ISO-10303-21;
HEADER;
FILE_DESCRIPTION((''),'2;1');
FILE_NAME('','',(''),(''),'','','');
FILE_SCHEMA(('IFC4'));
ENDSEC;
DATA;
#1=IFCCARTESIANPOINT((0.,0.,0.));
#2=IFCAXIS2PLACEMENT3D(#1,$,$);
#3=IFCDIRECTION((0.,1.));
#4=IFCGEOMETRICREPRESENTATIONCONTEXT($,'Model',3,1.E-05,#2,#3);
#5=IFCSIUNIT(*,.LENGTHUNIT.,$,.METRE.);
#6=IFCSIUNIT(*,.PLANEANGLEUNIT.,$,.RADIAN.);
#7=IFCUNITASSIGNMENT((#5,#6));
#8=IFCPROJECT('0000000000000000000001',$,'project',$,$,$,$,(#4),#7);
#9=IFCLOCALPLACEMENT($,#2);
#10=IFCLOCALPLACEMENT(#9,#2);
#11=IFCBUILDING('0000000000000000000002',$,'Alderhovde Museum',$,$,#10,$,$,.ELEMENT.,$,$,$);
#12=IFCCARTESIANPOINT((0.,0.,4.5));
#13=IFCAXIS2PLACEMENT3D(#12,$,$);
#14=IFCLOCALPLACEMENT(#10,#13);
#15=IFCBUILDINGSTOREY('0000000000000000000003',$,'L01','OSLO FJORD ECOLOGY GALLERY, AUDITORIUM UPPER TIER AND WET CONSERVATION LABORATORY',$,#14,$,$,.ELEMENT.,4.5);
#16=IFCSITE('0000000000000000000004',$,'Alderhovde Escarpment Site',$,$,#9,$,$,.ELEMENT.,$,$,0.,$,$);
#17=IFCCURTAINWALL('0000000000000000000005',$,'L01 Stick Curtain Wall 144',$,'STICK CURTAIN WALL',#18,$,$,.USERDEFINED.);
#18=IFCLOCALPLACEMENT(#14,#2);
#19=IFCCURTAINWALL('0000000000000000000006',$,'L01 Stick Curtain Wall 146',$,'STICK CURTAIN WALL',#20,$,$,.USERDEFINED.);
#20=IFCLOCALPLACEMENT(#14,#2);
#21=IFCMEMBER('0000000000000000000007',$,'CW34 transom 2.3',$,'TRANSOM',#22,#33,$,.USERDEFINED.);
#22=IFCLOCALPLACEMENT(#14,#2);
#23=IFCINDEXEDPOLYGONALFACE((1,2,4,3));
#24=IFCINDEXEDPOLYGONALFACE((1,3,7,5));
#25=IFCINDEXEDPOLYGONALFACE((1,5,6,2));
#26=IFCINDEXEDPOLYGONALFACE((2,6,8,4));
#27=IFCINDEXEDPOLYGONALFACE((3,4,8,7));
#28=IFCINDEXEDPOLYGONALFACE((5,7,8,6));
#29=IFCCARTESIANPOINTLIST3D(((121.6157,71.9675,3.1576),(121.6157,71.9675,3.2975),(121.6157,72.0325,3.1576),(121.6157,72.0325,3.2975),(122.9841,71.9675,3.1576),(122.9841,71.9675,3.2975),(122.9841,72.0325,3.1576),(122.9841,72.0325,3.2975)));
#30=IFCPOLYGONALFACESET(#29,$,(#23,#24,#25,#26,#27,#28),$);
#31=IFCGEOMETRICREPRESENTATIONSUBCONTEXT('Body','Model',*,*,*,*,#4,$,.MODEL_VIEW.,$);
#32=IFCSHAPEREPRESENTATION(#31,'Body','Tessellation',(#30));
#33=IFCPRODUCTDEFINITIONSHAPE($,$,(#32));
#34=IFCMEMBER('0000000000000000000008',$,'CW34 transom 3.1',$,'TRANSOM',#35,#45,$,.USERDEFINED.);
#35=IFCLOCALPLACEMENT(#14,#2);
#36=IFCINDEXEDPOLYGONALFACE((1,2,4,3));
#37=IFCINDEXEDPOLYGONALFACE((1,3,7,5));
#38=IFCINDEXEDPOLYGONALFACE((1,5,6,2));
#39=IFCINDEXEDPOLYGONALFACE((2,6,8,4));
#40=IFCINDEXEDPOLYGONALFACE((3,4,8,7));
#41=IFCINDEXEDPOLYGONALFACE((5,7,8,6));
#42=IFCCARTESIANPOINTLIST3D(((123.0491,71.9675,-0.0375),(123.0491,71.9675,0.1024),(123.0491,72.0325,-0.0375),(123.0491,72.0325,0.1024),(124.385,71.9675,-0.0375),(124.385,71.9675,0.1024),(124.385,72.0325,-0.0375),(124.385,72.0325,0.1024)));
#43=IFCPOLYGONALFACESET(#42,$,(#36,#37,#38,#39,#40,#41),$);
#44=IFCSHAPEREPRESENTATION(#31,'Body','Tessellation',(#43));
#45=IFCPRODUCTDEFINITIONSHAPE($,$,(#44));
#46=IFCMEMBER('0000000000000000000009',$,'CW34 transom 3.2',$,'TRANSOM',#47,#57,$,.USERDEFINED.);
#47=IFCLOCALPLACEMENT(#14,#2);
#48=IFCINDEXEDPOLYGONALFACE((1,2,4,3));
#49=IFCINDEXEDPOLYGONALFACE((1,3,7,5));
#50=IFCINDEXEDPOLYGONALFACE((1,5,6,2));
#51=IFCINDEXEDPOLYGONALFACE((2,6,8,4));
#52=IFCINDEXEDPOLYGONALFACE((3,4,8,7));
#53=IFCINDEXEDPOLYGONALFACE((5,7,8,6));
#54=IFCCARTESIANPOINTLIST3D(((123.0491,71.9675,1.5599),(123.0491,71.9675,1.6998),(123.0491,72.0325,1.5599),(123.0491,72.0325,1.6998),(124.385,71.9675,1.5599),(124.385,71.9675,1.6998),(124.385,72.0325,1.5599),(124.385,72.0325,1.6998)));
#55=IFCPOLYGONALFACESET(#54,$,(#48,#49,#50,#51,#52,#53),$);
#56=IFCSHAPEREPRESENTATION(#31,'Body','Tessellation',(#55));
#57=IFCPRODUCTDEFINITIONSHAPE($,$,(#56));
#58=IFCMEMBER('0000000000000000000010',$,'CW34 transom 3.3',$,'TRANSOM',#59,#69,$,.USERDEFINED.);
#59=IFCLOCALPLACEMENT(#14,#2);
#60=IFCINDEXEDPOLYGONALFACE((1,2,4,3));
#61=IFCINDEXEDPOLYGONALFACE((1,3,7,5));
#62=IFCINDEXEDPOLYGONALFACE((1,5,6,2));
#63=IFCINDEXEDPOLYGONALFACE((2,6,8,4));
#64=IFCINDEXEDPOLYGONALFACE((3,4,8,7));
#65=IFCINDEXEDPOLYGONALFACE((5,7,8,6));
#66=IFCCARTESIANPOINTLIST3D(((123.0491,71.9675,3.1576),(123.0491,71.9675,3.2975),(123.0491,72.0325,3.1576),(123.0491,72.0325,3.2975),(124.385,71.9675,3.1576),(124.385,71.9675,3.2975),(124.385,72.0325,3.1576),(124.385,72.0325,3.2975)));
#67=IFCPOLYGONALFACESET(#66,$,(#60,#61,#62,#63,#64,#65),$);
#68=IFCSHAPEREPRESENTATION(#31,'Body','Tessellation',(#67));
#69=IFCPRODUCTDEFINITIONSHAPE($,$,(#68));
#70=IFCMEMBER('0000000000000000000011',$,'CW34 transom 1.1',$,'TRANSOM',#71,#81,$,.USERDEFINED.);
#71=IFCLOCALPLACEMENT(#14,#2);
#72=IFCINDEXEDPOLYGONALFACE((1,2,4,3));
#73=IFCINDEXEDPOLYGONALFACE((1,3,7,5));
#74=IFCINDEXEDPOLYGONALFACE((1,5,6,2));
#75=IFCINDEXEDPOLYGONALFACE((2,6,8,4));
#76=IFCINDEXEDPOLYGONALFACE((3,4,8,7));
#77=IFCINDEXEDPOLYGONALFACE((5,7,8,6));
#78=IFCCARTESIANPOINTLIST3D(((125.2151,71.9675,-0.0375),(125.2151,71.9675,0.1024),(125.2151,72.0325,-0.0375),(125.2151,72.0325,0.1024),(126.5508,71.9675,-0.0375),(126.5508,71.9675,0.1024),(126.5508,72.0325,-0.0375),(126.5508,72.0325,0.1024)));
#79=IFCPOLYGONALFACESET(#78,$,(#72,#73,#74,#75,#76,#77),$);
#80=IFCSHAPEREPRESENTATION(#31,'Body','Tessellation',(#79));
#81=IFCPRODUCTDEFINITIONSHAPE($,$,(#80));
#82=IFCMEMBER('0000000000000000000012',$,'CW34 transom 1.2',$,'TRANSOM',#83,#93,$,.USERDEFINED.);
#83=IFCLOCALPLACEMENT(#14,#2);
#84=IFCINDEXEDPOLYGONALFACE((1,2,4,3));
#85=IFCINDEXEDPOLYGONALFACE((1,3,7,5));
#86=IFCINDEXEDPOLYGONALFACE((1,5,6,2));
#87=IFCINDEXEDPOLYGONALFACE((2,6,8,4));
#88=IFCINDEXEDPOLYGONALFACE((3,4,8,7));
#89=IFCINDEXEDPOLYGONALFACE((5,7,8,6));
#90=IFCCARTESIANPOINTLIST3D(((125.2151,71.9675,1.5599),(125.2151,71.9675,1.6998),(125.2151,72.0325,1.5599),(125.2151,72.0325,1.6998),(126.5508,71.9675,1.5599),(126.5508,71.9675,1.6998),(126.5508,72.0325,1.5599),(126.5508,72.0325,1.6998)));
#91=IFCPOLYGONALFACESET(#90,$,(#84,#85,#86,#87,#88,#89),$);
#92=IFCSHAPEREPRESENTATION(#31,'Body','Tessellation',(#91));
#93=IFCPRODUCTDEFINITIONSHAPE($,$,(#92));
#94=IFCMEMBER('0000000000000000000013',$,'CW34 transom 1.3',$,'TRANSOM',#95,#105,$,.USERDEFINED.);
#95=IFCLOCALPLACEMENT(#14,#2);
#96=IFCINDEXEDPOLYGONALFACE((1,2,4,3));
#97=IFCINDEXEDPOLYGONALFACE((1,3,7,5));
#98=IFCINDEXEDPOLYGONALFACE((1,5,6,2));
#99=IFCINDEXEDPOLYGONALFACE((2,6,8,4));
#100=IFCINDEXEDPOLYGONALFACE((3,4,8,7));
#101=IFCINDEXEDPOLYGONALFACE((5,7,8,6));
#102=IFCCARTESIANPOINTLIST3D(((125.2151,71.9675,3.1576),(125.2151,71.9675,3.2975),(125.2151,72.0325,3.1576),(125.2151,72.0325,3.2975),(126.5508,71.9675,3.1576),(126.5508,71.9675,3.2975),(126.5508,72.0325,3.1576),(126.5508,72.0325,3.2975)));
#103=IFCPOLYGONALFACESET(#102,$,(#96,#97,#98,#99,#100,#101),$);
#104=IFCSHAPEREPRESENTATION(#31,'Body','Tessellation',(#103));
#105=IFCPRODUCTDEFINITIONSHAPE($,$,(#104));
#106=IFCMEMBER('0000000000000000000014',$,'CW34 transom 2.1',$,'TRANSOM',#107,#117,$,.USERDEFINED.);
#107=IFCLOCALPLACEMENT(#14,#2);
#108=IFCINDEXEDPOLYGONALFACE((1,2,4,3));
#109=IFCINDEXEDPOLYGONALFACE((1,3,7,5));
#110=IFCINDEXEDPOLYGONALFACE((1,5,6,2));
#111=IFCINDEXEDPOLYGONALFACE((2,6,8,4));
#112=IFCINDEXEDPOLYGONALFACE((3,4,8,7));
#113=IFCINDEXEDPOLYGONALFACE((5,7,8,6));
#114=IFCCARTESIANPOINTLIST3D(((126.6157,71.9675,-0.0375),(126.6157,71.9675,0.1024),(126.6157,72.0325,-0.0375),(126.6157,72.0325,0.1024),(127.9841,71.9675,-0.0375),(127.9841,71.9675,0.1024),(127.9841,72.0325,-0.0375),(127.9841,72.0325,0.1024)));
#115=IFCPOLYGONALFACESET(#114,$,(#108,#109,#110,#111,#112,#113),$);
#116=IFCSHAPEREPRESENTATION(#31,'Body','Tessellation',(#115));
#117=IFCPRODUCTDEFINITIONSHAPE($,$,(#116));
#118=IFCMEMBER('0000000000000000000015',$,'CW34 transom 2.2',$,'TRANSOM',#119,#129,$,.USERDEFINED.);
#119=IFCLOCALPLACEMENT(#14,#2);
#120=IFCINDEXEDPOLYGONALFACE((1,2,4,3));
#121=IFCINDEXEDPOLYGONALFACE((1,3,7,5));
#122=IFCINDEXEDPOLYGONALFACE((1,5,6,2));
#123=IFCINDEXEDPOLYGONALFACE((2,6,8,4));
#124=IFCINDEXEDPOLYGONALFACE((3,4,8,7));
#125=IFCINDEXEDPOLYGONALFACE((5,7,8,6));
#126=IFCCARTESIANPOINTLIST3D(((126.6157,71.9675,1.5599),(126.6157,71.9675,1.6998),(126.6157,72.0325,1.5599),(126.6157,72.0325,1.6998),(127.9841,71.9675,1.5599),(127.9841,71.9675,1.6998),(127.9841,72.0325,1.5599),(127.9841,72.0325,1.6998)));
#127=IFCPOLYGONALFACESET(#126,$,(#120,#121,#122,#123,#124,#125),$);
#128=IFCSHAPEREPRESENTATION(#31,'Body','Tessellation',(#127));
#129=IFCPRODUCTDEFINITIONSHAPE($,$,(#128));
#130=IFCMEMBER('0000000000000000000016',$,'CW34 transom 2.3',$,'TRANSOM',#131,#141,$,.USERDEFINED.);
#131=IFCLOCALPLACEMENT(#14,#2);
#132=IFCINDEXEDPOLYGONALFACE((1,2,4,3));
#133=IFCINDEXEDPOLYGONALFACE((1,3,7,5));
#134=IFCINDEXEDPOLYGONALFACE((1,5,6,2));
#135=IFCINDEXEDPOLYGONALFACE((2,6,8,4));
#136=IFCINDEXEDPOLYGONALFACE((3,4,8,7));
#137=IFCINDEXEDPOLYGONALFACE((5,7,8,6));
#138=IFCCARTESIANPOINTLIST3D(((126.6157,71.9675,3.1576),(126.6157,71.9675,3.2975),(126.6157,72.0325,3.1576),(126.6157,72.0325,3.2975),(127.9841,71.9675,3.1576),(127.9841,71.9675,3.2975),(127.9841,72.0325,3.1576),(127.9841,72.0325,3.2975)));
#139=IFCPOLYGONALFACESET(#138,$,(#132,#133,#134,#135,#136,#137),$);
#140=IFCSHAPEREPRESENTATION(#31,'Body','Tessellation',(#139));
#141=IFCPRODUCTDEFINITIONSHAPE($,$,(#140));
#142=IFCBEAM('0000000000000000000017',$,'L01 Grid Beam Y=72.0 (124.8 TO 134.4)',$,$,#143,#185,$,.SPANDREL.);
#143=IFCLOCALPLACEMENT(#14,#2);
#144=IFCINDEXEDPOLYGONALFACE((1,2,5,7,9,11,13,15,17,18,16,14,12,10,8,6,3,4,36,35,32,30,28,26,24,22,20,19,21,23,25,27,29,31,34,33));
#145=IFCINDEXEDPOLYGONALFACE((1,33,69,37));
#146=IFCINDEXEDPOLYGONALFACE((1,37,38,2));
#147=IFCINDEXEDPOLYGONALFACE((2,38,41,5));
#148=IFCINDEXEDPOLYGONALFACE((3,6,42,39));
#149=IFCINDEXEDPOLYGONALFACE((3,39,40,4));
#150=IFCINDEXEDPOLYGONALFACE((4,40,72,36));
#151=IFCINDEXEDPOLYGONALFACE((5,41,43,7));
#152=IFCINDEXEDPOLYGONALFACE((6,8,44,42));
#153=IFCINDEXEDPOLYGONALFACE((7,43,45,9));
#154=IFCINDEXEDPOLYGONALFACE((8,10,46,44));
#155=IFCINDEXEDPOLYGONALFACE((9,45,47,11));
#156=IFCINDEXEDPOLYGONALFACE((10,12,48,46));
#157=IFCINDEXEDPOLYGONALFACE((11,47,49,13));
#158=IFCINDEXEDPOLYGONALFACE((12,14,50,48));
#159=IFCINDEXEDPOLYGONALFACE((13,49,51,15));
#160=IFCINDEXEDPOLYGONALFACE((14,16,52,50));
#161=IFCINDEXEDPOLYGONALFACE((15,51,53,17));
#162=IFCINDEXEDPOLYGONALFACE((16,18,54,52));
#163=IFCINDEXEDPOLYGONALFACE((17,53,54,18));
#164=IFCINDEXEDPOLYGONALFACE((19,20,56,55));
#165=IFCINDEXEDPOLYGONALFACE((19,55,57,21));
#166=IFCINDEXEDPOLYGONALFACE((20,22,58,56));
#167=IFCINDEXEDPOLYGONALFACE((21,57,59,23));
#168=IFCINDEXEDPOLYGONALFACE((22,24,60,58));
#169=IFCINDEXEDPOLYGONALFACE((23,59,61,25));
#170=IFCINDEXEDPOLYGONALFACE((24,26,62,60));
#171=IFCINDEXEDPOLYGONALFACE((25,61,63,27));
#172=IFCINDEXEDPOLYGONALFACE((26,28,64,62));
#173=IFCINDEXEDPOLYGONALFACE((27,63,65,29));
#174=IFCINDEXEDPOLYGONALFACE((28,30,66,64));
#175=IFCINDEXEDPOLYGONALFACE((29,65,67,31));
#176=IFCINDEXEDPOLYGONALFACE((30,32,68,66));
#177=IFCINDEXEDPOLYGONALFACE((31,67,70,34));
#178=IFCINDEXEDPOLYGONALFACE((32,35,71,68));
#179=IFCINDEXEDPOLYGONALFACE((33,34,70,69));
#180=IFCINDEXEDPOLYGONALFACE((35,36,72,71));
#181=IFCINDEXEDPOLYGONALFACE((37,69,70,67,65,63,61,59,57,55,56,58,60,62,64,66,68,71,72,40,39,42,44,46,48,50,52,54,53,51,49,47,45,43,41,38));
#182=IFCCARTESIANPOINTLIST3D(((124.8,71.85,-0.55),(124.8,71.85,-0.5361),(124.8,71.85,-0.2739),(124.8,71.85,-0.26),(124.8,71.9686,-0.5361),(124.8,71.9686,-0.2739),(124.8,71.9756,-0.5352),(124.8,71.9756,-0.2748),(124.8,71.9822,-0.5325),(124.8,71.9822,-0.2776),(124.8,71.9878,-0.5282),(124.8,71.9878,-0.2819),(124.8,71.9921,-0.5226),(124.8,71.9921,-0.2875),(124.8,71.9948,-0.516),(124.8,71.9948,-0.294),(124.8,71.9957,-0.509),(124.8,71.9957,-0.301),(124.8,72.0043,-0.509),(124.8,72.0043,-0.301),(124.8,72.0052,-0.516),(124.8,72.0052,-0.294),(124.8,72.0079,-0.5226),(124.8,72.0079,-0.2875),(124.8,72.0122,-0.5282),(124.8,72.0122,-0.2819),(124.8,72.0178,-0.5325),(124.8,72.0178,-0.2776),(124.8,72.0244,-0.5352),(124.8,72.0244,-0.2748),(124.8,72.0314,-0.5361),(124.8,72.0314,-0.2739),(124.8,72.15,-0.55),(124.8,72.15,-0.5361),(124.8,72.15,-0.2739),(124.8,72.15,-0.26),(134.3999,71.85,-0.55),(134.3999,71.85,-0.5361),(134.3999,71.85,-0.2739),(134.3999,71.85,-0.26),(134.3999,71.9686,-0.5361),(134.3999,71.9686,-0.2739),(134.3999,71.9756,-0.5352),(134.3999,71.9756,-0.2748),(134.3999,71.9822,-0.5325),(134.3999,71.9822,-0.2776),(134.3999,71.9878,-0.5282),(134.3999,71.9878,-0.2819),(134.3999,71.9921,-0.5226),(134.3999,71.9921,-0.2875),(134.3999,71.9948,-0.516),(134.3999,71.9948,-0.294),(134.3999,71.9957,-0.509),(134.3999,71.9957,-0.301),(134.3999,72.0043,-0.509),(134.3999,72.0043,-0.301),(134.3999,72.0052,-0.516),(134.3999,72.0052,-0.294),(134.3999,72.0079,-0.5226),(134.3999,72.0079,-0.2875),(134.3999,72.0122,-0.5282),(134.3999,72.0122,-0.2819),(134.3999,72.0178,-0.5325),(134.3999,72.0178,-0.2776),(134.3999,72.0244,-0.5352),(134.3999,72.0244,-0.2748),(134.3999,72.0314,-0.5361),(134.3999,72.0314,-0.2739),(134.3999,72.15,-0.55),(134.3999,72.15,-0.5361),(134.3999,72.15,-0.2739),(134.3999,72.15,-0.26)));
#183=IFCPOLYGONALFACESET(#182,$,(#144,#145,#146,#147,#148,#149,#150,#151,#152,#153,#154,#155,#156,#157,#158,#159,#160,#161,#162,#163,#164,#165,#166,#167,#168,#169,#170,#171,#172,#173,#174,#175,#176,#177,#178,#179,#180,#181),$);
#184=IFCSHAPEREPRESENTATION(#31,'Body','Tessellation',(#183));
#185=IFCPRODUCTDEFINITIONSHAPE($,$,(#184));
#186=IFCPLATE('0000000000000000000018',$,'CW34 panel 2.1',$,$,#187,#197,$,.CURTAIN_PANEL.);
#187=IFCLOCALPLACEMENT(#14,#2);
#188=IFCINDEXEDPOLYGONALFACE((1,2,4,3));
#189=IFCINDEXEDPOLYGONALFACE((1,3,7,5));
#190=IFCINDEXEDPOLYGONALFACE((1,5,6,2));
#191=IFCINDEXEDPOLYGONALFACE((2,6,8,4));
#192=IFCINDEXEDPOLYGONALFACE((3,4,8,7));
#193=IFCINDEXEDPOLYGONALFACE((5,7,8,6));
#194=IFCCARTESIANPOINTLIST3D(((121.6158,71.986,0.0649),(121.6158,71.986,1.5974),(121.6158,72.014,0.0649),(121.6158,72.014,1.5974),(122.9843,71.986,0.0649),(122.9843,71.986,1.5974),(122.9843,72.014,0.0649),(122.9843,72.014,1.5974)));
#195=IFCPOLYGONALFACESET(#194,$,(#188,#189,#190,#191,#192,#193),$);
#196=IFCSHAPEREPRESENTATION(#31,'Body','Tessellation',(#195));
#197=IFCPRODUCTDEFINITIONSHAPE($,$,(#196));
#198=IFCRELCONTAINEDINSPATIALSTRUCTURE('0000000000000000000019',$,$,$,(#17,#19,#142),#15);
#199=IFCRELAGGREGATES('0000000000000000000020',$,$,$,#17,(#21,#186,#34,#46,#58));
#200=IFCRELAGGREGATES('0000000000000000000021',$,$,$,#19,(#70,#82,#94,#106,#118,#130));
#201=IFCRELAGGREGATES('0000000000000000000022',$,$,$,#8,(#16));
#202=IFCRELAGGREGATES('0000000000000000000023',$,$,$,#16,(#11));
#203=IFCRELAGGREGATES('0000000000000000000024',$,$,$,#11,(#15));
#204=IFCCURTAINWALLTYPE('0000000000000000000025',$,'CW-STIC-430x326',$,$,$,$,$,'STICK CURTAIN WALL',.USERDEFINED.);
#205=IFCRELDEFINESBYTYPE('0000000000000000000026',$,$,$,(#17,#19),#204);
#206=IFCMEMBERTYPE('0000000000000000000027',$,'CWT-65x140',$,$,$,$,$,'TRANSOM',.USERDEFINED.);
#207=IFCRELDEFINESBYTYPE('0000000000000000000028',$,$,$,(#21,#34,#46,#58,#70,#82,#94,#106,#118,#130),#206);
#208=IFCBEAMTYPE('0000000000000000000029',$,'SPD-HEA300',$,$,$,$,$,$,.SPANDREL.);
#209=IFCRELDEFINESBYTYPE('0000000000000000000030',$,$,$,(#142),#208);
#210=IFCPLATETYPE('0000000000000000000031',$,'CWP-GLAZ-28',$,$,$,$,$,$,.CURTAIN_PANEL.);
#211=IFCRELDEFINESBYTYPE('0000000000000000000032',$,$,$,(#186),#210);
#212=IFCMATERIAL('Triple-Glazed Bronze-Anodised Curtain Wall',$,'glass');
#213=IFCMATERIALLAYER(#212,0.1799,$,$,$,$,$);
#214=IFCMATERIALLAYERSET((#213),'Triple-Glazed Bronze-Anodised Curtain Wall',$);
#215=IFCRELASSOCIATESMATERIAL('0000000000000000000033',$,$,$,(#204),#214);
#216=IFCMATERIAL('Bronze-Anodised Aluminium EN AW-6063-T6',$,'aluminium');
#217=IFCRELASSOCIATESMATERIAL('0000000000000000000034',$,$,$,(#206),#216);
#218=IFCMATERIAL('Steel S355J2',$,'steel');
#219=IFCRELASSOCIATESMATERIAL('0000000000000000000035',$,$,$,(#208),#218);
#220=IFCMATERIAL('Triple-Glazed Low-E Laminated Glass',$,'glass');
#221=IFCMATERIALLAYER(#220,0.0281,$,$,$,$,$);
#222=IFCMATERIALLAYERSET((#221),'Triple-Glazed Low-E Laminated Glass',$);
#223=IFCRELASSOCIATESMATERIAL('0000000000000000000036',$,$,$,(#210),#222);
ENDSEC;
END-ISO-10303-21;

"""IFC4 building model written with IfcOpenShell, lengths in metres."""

from ifc_helpers import new_model, si_unit, direction, frame, origin, origin_2d, place, context, subcontext, project, spatial, rectangle, i_section, extrude, material, layer, layer_set, material_profile, profile_set, type_object, element, aggregate, save


model = new_model("IFC4")

# Units and contexts
model_context = context("Model", 3, precision=1e-05, world=origin(), true_north=direction((0.0, 1.0)))
body_context = subcontext(model_context, "Body", "Model", "MODEL_VIEW")
ifc_project = project(units=[si_unit("LENGTHUNIT", "METRE"), si_unit("PLANEANGLEUNIT", "RADIAN")], contexts=[model_context])

# Site, building, storey
site_placement = place(None, origin())
site = spatial("IfcSite", under=ifc_project, at=site_placement, Name="Alderhovde Escarpment Site", CompositionType="ELEMENT", RefElevation=0.0)
building_placement = place(site_placement, origin())
building = spatial("IfcBuilding", under=site, at=building_placement, Name="Alderhovde Museum", CompositionType="ELEMENT")
storey_placement = place(building_placement, frame((0.0, 0.0, 4.5)))
storey = spatial("IfcBuildingStorey", under=building, at=storey_placement, Name="L01", Description="OSLO FJORD ECOLOGY GALLERY, AUDITORIUM UPPER TIER AND WET CONSERVATION LABORATORY", CompositionType="ELEMENT", Elevation=4.5)

# Curtain walls
ifc_material_1 = material(Name="Triple-Glazed Bronze-Anodised Curtain Wall", Category="glass")
ifc_layer_1 = layer(ifc_material_1, 0.1799)
ifc_layer_set_1 = layer_set([ifc_layer_1], Name="Triple-Glazed Bronze-Anodised Curtain Wall")
curtain_wall_type = type_object("IfcCurtainWallType", Name="CW-STIC-430x326", ElementType="STICK CURTAIN WALL", PredefinedType="USERDEFINED", material=ifc_layer_set_1)
curtain_wall_1_placement = place(storey_placement, origin())
curtain_wall_1 = element("IfcCurtainWall", 1, at=curtain_wall_1_placement, inside=storey, type_object=curtain_wall_type, Name="L01 Stick Curtain Wall 144", ObjectType="STICK CURTAIN WALL", PredefinedType="USERDEFINED")
curtain_wall_2_placement = place(storey_placement, origin())
curtain_wall_2 = element("IfcCurtainWall", 2, at=curtain_wall_2_placement, inside=storey, type_object=curtain_wall_type, Name="L01 Stick Curtain Wall 146", ObjectType="STICK CURTAIN WALL", PredefinedType="USERDEFINED")

# Members
ifc_material_2 = material(Name="Bronze-Anodised Aluminium EN AW-6063-T6", Category="aluminium")
ifc_material_profile_1 = material_profile(ifc_material_2, rectangle(XDim=0.0649, YDim=0.1399, at=origin_2d()), Name="TRANSOM 65x140")
ifc_profile_set_1 = profile_set([ifc_material_profile_1], Name="Bronze-Anodised Aluminium EN AW-6063-T6")
member_type_1 = type_object("IfcMemberType", Name="CWT-65x140", ElementType="TRANSOM", PredefinedType="USERDEFINED", material=ifc_profile_set_1)
member_1_placement = place(storey_placement, frame((121.6157, 72.0, 3.2275), z_axis=(1.0, 0.0, 0.0), x_axis=(0.0, 1.0, 0.0)))
member_1 = element("IfcMember", 3, at=member_1_placement, type_object=member_type_1, Name="CW34 transom 2.3", ObjectType="TRANSOM", PredefinedType="USERDEFINED", context=body_context, shape_type="SweptSolid", body=[
    extrude(rectangle(XDim=0.0649, YDim=0.1399, at=origin_2d()), origin(), (0.0, 0.0, 1.0), 1.3684),
])
member_2_placement = place(storey_placement, frame((123.0491, 72.0, 0.0325), z_axis=(1.0, 0.0, 0.0), x_axis=(0.0, 1.0, 0.0)))
member_2 = element("IfcMember", 4, at=member_2_placement, type_object=member_type_1, Name="CW34 transom 3.1", ObjectType="TRANSOM", PredefinedType="USERDEFINED", context=body_context, shape_type="SweptSolid", body=[
    extrude(rectangle(XDim=0.0649, YDim=0.1399, at=origin_2d()), origin(), (0.0, 0.0, 1.0), 1.3359),
])
member_3_placement = place(storey_placement, frame((123.0491, 72.0, 1.6299), z_axis=(1.0, 0.0, 0.0), x_axis=(0.0, 1.0, 0.0)))
member_3 = element("IfcMember", 5, at=member_3_placement, type_object=member_type_1, Name="CW34 transom 3.2", ObjectType="TRANSOM", PredefinedType="USERDEFINED", context=body_context, shape_type="SweptSolid", body=[
    extrude(rectangle(XDim=0.0649, YDim=0.1399, at=origin_2d()), origin(), (0.0, 0.0, 1.0), 1.3359),
])
member_4_placement = place(storey_placement, frame((123.0491, 72.0, 3.2275), z_axis=(1.0, 0.0, 0.0), x_axis=(0.0, 1.0, 0.0)))
member_4 = element("IfcMember", 6, at=member_4_placement, type_object=member_type_1, Name="CW34 transom 3.3", ObjectType="TRANSOM", PredefinedType="USERDEFINED", context=body_context, shape_type="SweptSolid", body=[
    extrude(rectangle(XDim=0.0649, YDim=0.1399, at=origin_2d()), origin(), (0.0, 0.0, 1.0), 1.3359),
])
member_5_placement = place(storey_placement, frame((125.2151, 72.0, 0.0325), z_axis=(1.0, 0.0, 0.0), x_axis=(0.0, 1.0, 0.0)))
member_5 = element("IfcMember", 7, at=member_5_placement, type_object=member_type_1, Name="CW34 transom 1.1", ObjectType="TRANSOM", PredefinedType="USERDEFINED", context=body_context, shape_type="SweptSolid", body=[
    extrude(rectangle(XDim=0.0649, YDim=0.1399, at=origin_2d()), origin(), (0.0, 0.0, 1.0), 1.3357),
])
member_6_placement = place(storey_placement, frame((125.2151, 72.0, 1.6299), z_axis=(1.0, 0.0, 0.0), x_axis=(0.0, 1.0, 0.0)))
member_6 = element("IfcMember", 8, at=member_6_placement, type_object=member_type_1, Name="CW34 transom 1.2", ObjectType="TRANSOM", PredefinedType="USERDEFINED", context=body_context, shape_type="SweptSolid", body=[
    extrude(rectangle(XDim=0.0649, YDim=0.1399, at=origin_2d()), origin(), (0.0, 0.0, 1.0), 1.3357),
])
member_7_placement = place(storey_placement, frame((125.2151, 72.0, 3.2275), z_axis=(1.0, 0.0, 0.0), x_axis=(0.0, 1.0, 0.0)))
member_7 = element("IfcMember", 9, at=member_7_placement, type_object=member_type_1, Name="CW34 transom 1.3", ObjectType="TRANSOM", PredefinedType="USERDEFINED", context=body_context, shape_type="SweptSolid", body=[
    extrude(rectangle(XDim=0.0649, YDim=0.1399, at=origin_2d()), origin(), (0.0, 0.0, 1.0), 1.3357),
])
member_8_placement = place(storey_placement, frame((126.6157, 72.0, 0.0325), z_axis=(1.0, 0.0, 0.0), x_axis=(0.0, 1.0, 0.0)))
member_8 = element("IfcMember", 10, at=member_8_placement, type_object=member_type_1, Name="CW34 transom 2.1", ObjectType="TRANSOM", PredefinedType="USERDEFINED", context=body_context, shape_type="SweptSolid", body=[
    extrude(rectangle(XDim=0.0649, YDim=0.1399, at=origin_2d()), origin(), (0.0, 0.0, 1.0), 1.3684),
])
member_9_placement = place(storey_placement, frame((126.6157, 72.0, 1.6299), z_axis=(1.0, 0.0, 0.0), x_axis=(0.0, 1.0, 0.0)))
member_9 = element("IfcMember", 11, at=member_9_placement, type_object=member_type_1, Name="CW34 transom 2.2", ObjectType="TRANSOM", PredefinedType="USERDEFINED", context=body_context, shape_type="SweptSolid", body=[
    extrude(rectangle(XDim=0.0649, YDim=0.1399, at=origin_2d()), origin(), (0.0, 0.0, 1.0), 1.3684),
])
member_10_placement = place(storey_placement, frame((126.6157, 72.0, 3.2275), z_axis=(1.0, 0.0, 0.0), x_axis=(0.0, 1.0, 0.0)))
member_10 = element("IfcMember", 12, at=member_10_placement, type_object=member_type_1, Name="CW34 transom 2.3", ObjectType="TRANSOM", PredefinedType="USERDEFINED", context=body_context, shape_type="SweptSolid", body=[
    extrude(rectangle(XDim=0.0649, YDim=0.1399, at=origin_2d()), origin(), (0.0, 0.0, 1.0), 1.3684),
])

# Beam
ifc_material_3 = material(Name="Steel S355J2", Category="steel")
ifc_material_profile_2 = material_profile(ifc_material_3, i_section(OverallWidth=0.3, OverallDepth=0.29, WebThickness=0.0085, FlangeThickness=0.0139, FilletRadius=0.0271, at=origin_2d()), Name="HEA 300")
ifc_profile_set_2 = profile_set([ifc_material_profile_2], Name="Steel S355J2")
beam_type_1 = type_object("IfcBeamType", Name="SPD-HEA300", PredefinedType="SPANDREL", material=ifc_profile_set_2)
beam_1_placement = place(storey_placement, frame((124.8, 72.0, -0.405), z_axis=(1.0, 0.0, 0.0), x_axis=(0.0, 1.0, 0.0)))
element("IfcBeam", 13, at=beam_1_placement, inside=storey, type_object=beam_type_1, Name="L01 Grid Beam Y=72.0 (124.8 TO 134.4)", PredefinedType="SPANDREL", context=body_context, shape_type="SweptSolid", body=[
    extrude(i_section(OverallWidth=0.3, OverallDepth=0.29, WebThickness=0.0085, FlangeThickness=0.0139, FilletRadius=0.0271, at=origin_2d()), origin(), (0.0, 0.0, 1.0), 9.5999),
])

# Plate
ifc_material_4 = material(Name="Triple-Glazed Low-E Laminated Glass", Category="glass")
ifc_layer_2 = layer(ifc_material_4, 0.0281)
ifc_layer_set_2 = layer_set([ifc_layer_2], Name="Triple-Glazed Low-E Laminated Glass")
plate_type_1 = type_object("IfcPlateType", Name="CWP-GLAZ-28", PredefinedType="CURTAIN_PANEL", material=ifc_layer_set_2)
plate_1_placement = place(storey_placement, frame((122.3, 72.0, 0.0649), z_axis=(0.0, 0.0, 1.0), x_axis=(1.0, 0.0, 0.0)))
plate_1 = element("IfcPlate", 14, at=plate_1_placement, type_object=plate_type_1, Name="CW34 panel 2.1", PredefinedType="CURTAIN_PANEL", context=body_context, shape_type="SweptSolid", body=[
    extrude(rectangle(XDim=1.3684, YDim=0.0281, at=origin_2d()), origin(), (0.0, 0.0, 1.0), 1.5325),
])
aggregate(curtain_wall_1, [member_1, plate_1, member_2, member_3, member_4])
aggregate(curtain_wall_2, [member_5, member_6, member_7, member_8, member_9, member_10])

save(model, "model.ifc")
